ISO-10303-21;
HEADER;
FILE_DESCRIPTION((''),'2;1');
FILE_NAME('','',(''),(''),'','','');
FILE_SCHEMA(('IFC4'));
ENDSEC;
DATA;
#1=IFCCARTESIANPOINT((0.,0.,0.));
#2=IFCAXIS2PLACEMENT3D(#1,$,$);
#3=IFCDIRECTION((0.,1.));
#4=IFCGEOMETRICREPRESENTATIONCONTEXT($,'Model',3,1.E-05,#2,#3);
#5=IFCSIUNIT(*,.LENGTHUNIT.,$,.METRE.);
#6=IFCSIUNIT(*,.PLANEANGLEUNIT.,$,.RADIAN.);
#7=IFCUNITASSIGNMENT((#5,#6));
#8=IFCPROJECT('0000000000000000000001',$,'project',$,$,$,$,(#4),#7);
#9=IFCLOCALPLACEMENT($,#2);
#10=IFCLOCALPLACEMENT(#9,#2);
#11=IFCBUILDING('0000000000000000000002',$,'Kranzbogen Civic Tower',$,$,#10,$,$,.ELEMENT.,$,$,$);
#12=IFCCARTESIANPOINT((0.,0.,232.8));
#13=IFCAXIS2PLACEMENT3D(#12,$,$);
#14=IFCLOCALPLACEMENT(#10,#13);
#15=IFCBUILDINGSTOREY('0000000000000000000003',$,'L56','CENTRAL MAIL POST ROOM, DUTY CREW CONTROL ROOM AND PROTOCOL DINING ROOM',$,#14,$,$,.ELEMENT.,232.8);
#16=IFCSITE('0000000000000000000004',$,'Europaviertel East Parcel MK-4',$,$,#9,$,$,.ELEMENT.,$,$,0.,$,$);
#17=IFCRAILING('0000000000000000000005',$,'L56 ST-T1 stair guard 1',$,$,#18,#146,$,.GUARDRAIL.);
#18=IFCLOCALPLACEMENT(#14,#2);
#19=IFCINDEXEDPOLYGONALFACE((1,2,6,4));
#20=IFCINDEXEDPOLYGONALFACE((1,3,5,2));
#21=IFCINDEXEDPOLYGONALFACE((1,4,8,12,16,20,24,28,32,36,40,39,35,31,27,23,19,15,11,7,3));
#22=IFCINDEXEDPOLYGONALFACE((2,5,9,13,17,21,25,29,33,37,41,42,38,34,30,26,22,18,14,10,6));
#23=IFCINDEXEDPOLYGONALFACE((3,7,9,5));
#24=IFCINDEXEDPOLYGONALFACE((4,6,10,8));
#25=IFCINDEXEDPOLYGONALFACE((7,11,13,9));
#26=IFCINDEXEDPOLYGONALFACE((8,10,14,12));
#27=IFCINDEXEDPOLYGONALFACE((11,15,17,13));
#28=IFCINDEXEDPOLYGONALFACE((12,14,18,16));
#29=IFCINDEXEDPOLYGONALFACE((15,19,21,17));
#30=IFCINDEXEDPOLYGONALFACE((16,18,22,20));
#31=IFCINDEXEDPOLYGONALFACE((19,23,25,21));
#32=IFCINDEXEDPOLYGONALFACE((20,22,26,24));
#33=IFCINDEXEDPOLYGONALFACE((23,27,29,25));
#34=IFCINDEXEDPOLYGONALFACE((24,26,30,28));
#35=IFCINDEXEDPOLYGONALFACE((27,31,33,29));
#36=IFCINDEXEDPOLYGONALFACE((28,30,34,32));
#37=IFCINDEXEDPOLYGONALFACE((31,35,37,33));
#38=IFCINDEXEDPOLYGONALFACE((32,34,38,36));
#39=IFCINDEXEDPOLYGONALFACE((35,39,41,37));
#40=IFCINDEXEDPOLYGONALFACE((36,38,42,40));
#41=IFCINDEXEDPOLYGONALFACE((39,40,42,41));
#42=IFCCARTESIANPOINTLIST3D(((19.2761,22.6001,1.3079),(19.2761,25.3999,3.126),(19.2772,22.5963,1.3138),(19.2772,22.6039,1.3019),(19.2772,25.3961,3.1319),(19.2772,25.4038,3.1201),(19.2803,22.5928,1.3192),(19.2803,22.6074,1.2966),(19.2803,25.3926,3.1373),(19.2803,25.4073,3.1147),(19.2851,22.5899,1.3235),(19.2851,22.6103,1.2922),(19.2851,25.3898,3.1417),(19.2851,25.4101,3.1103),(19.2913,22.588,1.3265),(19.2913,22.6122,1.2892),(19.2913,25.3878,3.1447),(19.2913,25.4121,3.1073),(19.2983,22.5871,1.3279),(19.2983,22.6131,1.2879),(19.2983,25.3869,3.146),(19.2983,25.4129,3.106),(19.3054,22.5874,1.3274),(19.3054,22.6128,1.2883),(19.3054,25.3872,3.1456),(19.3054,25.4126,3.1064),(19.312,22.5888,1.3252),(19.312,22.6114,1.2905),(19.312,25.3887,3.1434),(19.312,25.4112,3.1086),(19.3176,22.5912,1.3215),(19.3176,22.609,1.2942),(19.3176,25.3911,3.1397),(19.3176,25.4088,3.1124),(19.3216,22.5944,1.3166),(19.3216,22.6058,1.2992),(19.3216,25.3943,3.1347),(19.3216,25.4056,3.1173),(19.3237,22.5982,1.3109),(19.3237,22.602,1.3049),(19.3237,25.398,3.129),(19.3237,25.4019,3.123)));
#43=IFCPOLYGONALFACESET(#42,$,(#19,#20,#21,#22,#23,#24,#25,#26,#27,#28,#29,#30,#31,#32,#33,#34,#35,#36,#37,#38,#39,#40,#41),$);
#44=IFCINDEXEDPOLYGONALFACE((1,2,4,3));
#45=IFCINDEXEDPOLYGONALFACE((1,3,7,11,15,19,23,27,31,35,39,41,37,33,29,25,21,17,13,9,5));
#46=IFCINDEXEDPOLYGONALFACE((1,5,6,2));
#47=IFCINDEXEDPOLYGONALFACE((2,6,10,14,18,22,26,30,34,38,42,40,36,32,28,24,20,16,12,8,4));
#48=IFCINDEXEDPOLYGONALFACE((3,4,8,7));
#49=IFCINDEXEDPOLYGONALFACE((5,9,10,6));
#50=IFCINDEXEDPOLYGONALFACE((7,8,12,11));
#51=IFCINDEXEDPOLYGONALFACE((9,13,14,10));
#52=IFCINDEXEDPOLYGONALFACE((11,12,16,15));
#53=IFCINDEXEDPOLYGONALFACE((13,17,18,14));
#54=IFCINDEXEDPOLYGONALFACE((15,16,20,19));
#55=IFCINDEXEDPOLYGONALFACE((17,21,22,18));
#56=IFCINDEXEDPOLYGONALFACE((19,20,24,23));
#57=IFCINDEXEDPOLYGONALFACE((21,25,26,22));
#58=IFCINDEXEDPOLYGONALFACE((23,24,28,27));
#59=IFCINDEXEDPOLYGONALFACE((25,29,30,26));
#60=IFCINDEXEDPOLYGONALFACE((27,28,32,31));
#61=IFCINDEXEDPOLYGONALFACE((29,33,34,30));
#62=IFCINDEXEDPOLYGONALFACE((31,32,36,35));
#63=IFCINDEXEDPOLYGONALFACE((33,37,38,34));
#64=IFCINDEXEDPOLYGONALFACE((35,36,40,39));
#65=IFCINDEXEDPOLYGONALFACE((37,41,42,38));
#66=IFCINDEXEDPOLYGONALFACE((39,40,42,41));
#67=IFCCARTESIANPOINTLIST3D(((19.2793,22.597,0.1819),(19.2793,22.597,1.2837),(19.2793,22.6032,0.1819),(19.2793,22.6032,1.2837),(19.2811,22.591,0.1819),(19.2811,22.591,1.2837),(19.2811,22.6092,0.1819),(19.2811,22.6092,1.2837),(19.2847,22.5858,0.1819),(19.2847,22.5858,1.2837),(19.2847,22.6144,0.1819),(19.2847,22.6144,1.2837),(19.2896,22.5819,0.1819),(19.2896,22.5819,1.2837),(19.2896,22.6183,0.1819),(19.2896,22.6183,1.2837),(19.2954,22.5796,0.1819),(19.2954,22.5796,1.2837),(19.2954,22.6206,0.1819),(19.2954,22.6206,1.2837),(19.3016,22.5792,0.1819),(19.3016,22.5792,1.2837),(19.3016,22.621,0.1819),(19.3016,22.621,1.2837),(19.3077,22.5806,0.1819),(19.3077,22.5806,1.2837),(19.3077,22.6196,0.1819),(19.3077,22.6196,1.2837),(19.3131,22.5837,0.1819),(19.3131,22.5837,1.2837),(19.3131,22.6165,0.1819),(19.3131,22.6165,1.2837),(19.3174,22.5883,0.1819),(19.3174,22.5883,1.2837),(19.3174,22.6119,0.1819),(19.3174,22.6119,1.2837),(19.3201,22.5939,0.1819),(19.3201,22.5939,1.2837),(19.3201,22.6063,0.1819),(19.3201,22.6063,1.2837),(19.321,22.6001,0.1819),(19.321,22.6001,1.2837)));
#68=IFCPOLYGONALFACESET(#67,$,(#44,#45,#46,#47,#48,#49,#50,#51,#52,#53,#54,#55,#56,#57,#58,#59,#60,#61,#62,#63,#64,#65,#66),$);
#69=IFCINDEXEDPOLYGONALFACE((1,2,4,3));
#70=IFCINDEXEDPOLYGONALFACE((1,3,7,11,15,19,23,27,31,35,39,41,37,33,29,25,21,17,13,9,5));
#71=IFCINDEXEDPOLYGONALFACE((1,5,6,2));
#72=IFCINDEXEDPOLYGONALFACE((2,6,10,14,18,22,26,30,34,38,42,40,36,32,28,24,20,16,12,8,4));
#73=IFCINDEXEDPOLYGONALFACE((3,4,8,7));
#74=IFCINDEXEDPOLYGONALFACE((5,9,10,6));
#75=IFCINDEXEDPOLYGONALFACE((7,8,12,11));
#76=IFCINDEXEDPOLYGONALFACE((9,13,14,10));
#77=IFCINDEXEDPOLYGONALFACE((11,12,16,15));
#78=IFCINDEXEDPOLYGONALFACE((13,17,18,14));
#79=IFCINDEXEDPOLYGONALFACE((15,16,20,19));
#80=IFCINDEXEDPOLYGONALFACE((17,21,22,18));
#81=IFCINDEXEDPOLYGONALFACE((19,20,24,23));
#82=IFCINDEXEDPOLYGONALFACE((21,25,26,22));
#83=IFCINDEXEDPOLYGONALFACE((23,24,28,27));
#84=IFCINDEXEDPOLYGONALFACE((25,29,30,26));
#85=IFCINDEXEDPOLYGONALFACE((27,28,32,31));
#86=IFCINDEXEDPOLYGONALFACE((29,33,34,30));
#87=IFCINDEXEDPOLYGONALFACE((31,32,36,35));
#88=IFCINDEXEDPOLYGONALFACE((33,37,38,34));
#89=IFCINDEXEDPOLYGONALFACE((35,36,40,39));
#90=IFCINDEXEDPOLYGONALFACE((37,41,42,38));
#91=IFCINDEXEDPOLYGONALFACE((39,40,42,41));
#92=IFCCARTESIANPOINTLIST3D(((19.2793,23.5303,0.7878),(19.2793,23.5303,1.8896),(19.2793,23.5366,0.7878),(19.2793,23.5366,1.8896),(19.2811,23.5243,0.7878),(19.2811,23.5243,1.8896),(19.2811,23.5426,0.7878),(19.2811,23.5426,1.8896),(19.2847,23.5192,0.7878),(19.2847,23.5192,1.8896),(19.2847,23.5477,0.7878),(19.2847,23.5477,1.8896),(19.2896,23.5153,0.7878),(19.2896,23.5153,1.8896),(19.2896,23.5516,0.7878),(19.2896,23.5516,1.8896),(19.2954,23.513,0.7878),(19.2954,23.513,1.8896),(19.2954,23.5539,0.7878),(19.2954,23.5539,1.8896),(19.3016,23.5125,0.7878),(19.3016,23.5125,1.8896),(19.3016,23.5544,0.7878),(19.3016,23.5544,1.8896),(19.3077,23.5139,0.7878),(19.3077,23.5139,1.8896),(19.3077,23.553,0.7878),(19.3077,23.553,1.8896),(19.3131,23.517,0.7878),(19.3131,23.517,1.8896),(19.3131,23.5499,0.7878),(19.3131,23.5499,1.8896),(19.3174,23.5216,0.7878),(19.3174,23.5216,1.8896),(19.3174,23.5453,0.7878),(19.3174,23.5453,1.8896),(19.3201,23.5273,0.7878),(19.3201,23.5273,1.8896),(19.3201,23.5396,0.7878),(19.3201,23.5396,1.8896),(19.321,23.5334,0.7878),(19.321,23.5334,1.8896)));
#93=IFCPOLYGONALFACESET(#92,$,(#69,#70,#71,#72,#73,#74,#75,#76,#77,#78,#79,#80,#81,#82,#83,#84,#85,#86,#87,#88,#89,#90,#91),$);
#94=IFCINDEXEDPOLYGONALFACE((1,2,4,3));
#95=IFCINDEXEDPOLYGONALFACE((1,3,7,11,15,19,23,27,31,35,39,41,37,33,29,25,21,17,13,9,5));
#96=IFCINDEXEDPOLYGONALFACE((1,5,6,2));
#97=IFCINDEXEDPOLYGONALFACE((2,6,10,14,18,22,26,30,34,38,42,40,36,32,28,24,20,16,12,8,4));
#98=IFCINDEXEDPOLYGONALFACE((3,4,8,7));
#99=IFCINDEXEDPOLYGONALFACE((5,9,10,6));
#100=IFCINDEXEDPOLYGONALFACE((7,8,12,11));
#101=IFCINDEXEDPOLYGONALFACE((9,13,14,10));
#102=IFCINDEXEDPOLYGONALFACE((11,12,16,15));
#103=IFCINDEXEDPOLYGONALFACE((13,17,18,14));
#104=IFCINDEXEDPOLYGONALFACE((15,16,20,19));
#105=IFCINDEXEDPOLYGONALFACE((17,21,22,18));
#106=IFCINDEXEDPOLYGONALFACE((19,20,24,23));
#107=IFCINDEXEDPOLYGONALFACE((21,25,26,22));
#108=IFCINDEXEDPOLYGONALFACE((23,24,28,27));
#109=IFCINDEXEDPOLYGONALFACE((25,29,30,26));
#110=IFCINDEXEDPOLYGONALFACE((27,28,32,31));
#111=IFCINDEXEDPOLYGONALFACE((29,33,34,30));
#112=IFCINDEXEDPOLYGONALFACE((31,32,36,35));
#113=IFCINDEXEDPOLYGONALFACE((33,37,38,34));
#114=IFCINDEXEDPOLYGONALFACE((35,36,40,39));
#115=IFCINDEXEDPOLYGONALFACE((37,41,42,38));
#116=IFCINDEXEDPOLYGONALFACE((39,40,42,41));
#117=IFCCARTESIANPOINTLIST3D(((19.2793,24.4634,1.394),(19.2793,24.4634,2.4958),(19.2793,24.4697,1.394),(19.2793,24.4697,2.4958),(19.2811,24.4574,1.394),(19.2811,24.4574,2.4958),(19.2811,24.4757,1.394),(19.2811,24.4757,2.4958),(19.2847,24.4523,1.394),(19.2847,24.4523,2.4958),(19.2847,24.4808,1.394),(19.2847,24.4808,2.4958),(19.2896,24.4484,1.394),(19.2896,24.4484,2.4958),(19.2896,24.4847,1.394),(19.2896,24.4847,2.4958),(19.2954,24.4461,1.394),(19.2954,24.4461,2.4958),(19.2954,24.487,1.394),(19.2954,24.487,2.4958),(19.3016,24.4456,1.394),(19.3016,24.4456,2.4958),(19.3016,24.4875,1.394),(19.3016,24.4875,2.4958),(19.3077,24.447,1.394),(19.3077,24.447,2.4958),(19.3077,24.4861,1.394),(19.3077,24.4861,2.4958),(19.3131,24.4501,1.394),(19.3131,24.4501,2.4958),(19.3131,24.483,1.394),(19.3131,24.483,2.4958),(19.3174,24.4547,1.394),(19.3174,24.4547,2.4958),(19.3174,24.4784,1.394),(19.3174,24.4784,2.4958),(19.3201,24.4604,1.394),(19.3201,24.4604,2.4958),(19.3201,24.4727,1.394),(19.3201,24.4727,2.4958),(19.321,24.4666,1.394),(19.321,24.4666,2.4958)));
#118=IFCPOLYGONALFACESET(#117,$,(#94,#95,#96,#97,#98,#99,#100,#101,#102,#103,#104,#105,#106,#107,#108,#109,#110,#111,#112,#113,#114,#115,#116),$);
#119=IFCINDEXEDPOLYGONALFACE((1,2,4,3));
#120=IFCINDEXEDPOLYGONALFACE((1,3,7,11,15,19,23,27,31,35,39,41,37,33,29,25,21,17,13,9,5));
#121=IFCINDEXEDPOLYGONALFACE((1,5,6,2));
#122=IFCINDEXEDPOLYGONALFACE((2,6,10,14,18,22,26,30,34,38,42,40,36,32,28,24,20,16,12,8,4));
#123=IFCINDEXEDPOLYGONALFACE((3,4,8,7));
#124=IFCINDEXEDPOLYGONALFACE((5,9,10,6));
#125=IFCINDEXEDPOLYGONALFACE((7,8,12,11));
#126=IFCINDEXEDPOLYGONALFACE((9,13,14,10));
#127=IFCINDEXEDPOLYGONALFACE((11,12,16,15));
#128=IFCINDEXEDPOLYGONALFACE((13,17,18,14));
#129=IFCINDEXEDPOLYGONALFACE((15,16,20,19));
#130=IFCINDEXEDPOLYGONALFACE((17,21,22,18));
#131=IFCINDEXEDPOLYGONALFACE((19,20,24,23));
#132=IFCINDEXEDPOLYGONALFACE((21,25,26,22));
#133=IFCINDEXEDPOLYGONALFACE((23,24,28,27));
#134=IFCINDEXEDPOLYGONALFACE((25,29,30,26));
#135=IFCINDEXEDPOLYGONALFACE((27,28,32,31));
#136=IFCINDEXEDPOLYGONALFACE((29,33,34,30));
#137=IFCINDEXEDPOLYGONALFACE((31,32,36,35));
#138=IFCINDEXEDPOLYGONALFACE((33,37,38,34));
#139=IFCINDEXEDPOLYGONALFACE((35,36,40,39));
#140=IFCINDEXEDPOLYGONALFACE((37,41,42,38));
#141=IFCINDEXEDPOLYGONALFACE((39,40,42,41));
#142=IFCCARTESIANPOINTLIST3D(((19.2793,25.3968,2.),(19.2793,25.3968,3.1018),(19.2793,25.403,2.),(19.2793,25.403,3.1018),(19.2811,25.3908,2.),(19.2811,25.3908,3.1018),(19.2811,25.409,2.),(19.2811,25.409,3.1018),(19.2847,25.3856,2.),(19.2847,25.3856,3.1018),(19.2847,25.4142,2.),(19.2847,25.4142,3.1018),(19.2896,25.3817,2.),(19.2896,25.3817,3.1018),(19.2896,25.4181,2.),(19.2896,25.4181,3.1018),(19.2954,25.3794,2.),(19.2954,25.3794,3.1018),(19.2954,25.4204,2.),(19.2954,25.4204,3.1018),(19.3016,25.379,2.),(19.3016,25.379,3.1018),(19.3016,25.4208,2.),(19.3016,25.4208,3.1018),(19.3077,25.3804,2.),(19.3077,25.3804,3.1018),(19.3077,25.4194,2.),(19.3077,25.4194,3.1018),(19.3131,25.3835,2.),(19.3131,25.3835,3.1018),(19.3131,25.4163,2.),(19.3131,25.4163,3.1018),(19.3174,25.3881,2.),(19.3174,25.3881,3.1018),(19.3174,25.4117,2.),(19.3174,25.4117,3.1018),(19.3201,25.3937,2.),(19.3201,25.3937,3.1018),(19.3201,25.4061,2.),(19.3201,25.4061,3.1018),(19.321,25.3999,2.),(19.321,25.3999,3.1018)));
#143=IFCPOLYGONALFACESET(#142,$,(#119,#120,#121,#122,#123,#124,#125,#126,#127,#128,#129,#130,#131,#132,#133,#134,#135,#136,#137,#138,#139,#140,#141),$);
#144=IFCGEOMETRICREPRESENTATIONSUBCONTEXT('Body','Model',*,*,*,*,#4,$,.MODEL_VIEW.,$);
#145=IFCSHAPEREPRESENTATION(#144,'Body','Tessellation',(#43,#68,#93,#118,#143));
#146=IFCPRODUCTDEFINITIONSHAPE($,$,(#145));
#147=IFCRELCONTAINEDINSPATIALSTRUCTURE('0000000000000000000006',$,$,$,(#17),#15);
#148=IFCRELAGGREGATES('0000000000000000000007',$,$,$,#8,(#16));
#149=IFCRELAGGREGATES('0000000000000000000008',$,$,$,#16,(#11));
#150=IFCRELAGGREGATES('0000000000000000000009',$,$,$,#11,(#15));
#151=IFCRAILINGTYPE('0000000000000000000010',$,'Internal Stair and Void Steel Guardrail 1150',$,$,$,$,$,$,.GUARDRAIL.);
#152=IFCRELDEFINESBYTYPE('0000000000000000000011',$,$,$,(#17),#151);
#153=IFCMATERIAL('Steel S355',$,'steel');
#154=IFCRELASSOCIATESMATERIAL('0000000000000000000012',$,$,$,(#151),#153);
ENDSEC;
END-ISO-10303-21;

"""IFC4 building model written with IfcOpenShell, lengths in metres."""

from ifc_helpers import new_model, si_unit, direction, frame, origin, origin_2d, place, context, subcontext, project, spatial, circle, extrude, material, type_object, element, save


model = new_model("IFC4")

# Units and contexts
model_context = context("Model", 3, precision=1e-05, world=origin(), true_north=direction((0.0, 1.0)))
body_context = subcontext(model_context, "Body", "Model", "MODEL_VIEW")
ifc_project = project(units=[si_unit("LENGTHUNIT", "METRE"), si_unit("PLANEANGLEUNIT", "RADIAN")], contexts=[model_context])

# Site, building, storey
site_placement = place(None, origin())
site = spatial("IfcSite", under=ifc_project, at=site_placement, Name="Europaviertel East Parcel MK-4", CompositionType="ELEMENT", RefElevation=0.0)
building_placement = place(site_placement, origin())
building = spatial("IfcBuilding", under=site, at=building_placement, Name="Kranzbogen Civic Tower", CompositionType="ELEMENT")
storey_placement = place(building_placement, frame((0.0, 0.0, 232.8)))
storey = spatial("IfcBuildingStorey", under=building, at=storey_placement, Name="L56", Description="CENTRAL MAIL POST ROOM, DUTY CREW CONTROL ROOM AND PROTOCOL DINING ROOM", CompositionType="ELEMENT", Elevation=232.8)

# Shared definitions
ifc_material_1 = material(Name="Steel S355", Category="steel")

# Railing
railing_type_1 = type_object("IfcRailingType", Name="Internal Stair and Void Steel Guardrail 1150", PredefinedType="GUARDRAIL", material=ifc_material_1)
railing_1_placement = place(storey_placement, frame((19.3, 22.6001, 0.1819)))
element("IfcRailing", 1, at=railing_1_placement, inside=storey, type_object=railing_type_1, Name="L56 ST-T1 stair guard 1", PredefinedType="GUARDRAIL", context=body_context, shape_type="SweptSolid", body=[
    extrude(circle(Radius=0.0239, at=origin_2d()), frame((0.0, 0.0, 1.126), z_axis=(0.0, 0.838684, 0.544618), x_axis=(-1.0, 0.0, 0.0)), (0.0, 0.0, 1.0), 3.3384),
    extrude(circle(Radius=0.021, at=origin_2d()), origin(), (0.0, 0.0, 1.0), 1.1018),
    extrude(circle(Radius=0.021, at=origin_2d()), frame((0.0, 0.9333, 0.606)), (0.0, 0.0, 1.0), 1.1018),
    extrude(circle(Radius=0.021, at=origin_2d()), frame((0.0, 1.8665, 1.2122)), (0.0, 0.0, 1.0), 1.1018),
    extrude(circle(Radius=0.021, at=origin_2d()), frame((0.0, 2.7998, 1.8181)), (0.0, 0.0, 1.0), 1.1018),
])

save(model, "model.ifc")
